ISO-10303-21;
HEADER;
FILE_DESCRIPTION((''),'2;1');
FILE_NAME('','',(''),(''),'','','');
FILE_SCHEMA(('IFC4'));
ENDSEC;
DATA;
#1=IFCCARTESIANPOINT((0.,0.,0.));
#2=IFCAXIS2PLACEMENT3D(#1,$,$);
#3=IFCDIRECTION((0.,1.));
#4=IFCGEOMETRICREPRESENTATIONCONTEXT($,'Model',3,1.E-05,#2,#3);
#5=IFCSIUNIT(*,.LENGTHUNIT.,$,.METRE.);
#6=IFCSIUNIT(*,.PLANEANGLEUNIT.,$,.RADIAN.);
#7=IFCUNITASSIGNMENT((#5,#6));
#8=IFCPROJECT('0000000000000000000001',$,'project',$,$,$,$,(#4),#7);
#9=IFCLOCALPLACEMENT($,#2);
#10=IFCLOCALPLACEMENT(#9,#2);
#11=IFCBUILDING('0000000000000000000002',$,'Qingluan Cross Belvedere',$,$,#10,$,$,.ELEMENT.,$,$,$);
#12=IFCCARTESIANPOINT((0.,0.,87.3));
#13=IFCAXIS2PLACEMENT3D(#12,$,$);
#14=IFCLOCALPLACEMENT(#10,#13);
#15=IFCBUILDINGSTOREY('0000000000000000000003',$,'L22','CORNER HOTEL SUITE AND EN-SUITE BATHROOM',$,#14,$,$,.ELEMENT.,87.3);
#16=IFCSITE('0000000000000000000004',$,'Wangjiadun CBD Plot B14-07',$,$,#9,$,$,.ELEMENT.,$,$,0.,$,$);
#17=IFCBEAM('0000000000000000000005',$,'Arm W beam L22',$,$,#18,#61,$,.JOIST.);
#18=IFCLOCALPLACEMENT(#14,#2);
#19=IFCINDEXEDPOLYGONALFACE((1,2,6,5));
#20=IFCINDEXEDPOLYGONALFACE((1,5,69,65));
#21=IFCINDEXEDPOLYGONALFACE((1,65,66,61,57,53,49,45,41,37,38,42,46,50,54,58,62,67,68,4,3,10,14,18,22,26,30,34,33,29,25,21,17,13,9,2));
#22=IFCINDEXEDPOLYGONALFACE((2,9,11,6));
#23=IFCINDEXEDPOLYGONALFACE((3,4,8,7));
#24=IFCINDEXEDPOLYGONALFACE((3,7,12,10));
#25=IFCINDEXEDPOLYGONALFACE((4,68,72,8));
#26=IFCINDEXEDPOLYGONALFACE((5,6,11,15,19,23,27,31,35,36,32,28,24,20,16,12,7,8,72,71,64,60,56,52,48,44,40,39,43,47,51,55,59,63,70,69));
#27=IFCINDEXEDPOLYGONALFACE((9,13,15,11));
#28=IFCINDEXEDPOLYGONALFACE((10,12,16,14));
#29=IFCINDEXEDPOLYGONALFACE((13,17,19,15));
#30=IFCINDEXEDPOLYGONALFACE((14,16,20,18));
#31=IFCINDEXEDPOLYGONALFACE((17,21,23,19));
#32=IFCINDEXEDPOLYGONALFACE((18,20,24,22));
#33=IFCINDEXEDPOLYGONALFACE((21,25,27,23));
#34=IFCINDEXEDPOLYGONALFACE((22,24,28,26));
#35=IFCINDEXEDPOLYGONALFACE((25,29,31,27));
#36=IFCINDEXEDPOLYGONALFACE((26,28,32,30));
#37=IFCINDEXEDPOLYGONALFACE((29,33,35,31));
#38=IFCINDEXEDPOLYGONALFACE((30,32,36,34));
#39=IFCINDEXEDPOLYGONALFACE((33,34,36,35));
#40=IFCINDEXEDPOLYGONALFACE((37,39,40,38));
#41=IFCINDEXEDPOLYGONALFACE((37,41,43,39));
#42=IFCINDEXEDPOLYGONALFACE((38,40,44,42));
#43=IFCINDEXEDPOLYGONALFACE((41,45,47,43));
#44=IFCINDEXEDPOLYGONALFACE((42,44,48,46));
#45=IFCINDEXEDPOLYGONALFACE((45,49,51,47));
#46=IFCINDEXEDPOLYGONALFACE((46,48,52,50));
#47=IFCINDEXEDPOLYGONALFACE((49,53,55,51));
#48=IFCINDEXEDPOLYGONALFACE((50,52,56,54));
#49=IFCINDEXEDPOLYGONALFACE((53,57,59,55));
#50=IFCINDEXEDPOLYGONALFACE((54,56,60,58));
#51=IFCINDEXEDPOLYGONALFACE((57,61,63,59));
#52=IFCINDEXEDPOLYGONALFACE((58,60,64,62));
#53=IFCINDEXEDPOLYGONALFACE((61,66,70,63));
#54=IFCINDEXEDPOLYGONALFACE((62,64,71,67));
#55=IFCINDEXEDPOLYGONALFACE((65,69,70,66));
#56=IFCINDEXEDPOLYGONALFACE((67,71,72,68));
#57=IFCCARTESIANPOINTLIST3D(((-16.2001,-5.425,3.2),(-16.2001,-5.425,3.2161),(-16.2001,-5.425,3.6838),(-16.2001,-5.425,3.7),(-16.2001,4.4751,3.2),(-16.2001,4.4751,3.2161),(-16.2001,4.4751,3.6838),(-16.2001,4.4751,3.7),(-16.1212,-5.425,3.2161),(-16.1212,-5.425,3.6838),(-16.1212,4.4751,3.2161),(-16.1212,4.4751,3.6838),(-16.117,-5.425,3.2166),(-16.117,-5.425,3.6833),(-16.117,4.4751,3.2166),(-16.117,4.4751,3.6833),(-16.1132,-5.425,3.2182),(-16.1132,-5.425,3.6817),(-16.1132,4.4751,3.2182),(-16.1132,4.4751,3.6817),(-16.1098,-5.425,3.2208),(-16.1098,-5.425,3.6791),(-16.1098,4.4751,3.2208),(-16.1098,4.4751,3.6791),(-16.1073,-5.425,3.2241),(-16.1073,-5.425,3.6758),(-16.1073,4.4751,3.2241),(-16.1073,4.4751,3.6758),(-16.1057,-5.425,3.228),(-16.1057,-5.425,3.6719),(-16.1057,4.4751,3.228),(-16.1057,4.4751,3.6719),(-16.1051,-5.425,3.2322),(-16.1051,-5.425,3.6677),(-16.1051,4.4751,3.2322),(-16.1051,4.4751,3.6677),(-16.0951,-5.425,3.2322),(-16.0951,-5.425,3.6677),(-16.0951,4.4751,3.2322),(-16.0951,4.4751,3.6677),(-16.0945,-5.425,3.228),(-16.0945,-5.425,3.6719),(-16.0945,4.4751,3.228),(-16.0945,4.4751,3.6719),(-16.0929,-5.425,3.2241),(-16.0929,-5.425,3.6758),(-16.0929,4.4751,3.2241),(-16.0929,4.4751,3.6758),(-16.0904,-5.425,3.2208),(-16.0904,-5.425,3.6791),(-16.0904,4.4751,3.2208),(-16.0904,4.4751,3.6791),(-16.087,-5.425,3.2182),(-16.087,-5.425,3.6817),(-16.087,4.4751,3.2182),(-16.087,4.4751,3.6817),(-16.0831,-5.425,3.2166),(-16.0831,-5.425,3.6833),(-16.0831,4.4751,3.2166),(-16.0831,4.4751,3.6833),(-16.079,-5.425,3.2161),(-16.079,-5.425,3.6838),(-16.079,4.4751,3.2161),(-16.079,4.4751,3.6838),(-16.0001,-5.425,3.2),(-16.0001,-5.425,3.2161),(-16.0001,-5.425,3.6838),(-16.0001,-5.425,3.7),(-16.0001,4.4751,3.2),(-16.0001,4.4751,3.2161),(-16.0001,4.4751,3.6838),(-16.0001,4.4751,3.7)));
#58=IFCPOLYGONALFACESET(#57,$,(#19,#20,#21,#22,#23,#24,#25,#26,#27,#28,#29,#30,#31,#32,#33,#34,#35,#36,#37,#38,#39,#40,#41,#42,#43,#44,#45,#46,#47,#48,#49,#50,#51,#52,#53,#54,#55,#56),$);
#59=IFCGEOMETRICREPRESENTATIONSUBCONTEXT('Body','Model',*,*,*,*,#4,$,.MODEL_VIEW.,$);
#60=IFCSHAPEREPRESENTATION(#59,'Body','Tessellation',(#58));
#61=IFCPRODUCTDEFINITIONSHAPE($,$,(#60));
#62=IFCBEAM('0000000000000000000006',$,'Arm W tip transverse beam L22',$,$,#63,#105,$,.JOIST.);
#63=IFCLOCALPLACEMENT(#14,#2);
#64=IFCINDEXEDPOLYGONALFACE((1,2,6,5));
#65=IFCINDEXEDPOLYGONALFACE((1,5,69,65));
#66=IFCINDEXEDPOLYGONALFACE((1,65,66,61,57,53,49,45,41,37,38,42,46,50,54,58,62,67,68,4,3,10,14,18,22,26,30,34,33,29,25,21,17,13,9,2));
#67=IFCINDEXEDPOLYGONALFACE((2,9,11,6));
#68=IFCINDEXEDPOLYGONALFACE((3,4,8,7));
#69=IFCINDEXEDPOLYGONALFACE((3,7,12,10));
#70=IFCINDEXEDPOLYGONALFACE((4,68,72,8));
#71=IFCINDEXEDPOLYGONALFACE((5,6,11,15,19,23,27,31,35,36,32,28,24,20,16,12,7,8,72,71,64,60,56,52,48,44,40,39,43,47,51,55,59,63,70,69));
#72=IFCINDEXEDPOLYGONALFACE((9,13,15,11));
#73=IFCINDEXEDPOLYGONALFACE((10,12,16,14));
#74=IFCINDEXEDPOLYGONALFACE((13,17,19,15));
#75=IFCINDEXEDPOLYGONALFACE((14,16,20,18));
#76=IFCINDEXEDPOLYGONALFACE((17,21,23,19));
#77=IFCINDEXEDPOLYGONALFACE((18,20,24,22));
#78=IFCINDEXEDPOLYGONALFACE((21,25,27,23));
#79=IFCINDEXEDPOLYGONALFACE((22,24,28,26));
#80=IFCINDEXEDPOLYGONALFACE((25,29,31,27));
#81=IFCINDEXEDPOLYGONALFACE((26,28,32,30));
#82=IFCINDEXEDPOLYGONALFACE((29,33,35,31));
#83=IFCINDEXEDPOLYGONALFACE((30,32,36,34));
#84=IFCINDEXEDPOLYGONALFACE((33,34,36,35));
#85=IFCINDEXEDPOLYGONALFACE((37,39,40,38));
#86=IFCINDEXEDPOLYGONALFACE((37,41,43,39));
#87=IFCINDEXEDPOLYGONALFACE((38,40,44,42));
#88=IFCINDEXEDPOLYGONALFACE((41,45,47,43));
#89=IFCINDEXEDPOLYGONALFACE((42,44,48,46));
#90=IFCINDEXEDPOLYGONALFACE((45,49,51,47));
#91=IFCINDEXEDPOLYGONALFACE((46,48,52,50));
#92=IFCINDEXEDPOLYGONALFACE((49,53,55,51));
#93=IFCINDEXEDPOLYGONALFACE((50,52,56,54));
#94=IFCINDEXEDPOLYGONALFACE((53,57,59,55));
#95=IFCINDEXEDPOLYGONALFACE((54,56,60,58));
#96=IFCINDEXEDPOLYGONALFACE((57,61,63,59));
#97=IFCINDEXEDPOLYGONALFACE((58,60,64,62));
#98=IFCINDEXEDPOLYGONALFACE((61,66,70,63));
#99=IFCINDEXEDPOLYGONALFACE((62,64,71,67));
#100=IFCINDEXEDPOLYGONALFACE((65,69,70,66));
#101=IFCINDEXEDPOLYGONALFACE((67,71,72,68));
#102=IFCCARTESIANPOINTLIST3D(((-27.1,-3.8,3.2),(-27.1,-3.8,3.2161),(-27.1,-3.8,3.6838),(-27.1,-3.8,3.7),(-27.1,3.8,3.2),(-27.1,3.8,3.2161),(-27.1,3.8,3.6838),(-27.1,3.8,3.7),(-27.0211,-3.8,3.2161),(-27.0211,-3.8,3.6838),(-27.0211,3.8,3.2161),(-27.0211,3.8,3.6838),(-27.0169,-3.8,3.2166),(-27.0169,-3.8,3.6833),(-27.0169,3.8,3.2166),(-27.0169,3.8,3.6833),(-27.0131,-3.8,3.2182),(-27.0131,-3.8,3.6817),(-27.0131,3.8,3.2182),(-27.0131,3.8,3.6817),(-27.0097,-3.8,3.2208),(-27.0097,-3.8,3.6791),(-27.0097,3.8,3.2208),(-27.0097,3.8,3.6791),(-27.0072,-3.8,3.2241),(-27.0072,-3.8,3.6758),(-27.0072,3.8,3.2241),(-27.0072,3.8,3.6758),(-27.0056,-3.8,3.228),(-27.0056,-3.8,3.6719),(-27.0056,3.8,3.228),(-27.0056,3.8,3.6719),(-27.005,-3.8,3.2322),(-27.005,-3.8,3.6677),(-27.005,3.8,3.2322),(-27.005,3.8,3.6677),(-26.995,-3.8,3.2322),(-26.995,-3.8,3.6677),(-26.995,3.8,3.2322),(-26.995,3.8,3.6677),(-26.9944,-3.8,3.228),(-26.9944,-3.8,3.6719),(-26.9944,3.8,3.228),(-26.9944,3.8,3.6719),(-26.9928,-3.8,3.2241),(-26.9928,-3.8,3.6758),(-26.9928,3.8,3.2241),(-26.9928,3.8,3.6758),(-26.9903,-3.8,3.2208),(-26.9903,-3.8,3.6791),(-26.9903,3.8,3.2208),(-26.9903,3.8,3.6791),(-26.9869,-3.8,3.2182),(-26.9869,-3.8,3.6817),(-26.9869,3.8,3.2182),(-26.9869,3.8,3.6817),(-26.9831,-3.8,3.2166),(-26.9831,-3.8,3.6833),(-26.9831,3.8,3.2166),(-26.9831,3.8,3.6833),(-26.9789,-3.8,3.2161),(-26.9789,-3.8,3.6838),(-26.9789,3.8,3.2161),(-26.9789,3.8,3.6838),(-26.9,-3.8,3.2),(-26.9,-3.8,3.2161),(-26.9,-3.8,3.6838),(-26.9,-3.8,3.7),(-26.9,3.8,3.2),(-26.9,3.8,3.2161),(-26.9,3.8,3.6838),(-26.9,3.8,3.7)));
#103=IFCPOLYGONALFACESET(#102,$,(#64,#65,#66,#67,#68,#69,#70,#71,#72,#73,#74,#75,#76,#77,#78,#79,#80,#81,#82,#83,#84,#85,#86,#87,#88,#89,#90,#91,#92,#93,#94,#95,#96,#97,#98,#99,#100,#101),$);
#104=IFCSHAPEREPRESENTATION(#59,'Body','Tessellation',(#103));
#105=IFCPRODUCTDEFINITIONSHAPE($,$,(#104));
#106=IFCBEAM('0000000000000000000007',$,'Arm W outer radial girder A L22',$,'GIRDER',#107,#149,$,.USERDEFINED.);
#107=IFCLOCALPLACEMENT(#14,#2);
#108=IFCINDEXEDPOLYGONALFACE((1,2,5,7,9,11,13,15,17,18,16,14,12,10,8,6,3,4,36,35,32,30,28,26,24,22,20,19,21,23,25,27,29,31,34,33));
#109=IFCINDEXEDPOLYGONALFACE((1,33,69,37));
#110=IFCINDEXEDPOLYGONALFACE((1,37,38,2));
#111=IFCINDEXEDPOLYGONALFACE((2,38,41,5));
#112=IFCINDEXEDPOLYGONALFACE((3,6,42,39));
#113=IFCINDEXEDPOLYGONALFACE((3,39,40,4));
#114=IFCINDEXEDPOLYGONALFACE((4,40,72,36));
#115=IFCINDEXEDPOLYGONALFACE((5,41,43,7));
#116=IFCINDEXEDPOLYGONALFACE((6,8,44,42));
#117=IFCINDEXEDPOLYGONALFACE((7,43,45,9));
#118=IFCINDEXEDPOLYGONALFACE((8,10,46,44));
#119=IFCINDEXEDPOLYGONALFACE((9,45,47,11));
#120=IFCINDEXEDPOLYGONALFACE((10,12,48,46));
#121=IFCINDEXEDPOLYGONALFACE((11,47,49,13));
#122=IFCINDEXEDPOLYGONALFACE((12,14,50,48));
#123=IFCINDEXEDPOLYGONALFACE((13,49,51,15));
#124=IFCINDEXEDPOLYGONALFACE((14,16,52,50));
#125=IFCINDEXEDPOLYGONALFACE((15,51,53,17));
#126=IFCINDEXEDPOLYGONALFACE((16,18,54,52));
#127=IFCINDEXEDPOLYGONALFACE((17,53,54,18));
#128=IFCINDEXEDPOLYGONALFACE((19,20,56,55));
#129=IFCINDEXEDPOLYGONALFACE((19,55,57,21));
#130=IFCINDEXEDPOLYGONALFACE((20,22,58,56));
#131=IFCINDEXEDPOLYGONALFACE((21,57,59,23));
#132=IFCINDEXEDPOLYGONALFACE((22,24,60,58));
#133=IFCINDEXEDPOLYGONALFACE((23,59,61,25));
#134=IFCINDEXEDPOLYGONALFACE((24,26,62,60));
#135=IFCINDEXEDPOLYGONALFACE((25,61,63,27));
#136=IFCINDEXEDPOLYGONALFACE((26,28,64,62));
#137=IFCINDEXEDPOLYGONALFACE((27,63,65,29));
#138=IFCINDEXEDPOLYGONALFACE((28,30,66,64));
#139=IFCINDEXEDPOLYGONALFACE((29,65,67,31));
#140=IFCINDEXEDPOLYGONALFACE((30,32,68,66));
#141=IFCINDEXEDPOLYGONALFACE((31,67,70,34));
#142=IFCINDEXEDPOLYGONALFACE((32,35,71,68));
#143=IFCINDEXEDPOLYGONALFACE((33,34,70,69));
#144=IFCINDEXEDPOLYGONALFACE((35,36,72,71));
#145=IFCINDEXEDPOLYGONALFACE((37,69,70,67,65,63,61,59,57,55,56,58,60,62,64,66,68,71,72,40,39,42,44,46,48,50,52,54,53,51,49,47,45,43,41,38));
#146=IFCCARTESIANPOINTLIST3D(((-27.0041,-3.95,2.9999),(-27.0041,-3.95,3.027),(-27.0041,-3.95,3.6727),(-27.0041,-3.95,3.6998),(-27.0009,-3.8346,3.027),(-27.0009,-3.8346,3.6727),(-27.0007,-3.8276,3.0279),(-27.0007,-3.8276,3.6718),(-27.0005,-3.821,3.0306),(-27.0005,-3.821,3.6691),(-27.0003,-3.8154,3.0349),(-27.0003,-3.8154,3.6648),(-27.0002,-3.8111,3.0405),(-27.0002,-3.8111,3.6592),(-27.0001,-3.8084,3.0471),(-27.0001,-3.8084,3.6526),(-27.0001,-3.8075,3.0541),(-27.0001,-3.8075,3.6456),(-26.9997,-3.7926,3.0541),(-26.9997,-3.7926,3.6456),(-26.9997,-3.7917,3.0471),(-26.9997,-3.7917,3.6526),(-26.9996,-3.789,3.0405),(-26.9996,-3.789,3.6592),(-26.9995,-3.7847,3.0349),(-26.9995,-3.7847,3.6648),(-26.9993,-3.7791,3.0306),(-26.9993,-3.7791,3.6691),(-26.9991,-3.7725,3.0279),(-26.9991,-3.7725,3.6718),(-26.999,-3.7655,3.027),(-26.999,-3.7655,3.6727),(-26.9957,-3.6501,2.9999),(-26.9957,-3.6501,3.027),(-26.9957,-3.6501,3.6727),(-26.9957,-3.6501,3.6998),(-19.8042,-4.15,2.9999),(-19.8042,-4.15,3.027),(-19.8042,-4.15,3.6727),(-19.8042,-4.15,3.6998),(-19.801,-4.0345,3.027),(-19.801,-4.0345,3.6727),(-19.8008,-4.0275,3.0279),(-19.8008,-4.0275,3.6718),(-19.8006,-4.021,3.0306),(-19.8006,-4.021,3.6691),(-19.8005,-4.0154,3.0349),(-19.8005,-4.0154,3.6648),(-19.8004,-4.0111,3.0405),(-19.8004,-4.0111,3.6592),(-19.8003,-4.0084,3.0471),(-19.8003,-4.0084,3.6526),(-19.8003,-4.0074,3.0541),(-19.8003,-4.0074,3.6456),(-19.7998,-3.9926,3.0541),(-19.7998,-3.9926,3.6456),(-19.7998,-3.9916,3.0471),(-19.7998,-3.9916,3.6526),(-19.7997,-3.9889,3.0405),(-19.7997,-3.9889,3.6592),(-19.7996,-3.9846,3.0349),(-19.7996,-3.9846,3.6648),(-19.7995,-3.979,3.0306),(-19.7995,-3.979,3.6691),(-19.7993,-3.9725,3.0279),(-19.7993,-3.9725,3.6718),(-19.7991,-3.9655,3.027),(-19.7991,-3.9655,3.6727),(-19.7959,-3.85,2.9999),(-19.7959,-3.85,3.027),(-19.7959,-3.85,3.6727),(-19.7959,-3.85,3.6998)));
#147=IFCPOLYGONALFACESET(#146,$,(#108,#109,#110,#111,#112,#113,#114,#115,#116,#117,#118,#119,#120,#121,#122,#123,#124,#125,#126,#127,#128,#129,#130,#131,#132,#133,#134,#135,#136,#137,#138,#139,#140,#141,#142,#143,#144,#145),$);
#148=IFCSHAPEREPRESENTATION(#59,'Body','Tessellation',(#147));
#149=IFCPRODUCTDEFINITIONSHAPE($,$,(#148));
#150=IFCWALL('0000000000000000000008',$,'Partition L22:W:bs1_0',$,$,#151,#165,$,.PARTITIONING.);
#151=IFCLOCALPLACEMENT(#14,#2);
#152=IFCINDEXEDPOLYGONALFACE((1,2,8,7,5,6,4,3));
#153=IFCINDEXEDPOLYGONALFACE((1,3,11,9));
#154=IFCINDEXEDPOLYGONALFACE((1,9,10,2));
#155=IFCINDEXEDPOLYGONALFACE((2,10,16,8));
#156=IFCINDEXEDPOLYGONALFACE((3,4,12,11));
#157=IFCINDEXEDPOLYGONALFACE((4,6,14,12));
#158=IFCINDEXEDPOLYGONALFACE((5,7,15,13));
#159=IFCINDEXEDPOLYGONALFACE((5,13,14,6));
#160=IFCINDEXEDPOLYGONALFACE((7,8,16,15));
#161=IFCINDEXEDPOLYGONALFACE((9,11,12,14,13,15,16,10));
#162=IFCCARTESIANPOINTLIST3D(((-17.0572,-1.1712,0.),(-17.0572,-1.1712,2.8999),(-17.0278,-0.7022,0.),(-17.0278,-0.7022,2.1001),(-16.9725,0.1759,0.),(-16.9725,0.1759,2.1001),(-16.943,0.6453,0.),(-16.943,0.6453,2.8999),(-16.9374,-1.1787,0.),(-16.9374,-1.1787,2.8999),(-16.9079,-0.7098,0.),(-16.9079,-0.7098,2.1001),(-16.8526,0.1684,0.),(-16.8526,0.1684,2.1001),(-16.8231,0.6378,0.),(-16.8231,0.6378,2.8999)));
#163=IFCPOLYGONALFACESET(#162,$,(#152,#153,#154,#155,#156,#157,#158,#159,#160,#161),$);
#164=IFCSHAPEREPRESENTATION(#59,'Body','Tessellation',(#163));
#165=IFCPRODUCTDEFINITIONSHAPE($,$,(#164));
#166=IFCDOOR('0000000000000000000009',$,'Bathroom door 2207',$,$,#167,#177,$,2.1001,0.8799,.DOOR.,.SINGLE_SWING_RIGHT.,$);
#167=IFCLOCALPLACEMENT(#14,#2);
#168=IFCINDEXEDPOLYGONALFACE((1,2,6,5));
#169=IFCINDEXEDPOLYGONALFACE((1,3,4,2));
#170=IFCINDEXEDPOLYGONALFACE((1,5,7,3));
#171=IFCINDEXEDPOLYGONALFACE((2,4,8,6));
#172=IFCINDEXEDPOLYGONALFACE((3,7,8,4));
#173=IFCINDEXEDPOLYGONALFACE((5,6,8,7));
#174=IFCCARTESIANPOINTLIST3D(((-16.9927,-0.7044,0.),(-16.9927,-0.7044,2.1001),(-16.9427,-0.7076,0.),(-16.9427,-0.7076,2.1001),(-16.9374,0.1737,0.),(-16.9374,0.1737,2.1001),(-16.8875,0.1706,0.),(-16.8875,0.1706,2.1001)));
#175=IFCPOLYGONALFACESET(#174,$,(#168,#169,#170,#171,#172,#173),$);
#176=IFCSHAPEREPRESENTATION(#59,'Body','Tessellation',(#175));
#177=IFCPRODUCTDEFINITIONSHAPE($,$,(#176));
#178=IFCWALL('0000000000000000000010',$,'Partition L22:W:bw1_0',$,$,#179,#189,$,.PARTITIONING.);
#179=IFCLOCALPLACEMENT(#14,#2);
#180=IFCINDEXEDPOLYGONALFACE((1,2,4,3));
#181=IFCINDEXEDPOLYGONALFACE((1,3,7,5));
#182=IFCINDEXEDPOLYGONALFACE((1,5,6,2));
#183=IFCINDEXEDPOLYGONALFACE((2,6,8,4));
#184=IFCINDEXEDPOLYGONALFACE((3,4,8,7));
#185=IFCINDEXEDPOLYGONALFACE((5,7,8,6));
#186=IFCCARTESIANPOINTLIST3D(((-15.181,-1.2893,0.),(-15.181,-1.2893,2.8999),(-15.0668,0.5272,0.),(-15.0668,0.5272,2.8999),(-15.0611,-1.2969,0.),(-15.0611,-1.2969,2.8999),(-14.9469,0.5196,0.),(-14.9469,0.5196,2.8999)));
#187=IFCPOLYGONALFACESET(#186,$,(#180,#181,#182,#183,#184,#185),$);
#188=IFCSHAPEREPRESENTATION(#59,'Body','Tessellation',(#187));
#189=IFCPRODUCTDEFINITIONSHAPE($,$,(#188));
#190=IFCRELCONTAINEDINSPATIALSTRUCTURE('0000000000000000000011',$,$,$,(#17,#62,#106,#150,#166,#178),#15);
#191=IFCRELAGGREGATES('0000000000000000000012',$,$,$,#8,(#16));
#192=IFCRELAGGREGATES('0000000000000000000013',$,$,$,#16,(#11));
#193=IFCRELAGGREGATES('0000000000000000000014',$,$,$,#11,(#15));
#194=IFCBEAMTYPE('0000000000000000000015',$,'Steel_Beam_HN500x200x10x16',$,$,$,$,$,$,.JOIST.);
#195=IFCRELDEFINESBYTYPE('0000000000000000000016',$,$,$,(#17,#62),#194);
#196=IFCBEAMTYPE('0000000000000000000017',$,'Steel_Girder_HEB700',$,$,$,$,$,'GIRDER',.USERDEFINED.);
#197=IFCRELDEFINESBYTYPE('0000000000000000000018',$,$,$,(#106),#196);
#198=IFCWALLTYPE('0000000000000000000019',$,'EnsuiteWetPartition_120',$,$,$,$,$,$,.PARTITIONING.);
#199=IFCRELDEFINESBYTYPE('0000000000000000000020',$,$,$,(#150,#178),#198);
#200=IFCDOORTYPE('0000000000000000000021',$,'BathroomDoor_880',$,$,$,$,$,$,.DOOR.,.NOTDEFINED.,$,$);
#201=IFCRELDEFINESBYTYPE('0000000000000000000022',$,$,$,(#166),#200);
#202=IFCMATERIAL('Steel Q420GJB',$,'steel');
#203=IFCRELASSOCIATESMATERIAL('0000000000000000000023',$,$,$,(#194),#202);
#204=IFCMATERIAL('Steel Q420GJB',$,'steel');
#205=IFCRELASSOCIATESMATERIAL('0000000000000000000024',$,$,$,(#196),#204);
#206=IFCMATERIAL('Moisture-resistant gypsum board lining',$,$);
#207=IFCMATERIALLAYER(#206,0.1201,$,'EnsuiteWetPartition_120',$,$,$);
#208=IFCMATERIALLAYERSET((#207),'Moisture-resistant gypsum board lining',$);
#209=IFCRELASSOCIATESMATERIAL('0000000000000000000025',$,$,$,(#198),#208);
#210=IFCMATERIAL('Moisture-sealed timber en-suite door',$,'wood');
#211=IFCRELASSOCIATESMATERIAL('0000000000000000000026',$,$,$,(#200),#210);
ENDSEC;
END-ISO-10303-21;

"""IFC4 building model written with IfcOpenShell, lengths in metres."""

from ifc_helpers import new_model, si_unit, direction, frame, frame_2d, origin, origin_2d, place, context, subcontext, project, spatial, rectangle, i_section, extrude, material, layer, layer_set, material_profile, profile_set, type_object, element, fill, save


model = new_model("IFC4")

# Units and contexts
model_context = context("Model", 3, precision=1e-05, world=origin(), true_north=direction((0.0, 1.0)))
body_context = subcontext(model_context, "Body", "Model", "MODEL_VIEW")
ifc_project = project(units=[si_unit("LENGTHUNIT", "METRE"), si_unit("PLANEANGLEUNIT", "RADIAN")], contexts=[model_context])

# Site, building, storey
site_placement = place(None, origin())
site = spatial("IfcSite", under=ifc_project, at=site_placement, Name="Wangjiadun CBD Plot B14-07", CompositionType="ELEMENT", RefElevation=0.0)
building_placement = place(site_placement, origin())
building = spatial("IfcBuilding", under=site, at=building_placement, Name="Qingluan Cross Belvedere", CompositionType="ELEMENT")
storey_placement = place(building_placement, frame((0.0, 0.0, 87.3)))
storey = spatial("IfcBuildingStorey", under=building, at=storey_placement, Name="L22", Description="CORNER HOTEL SUITE AND EN-SUITE BATHROOM", CompositionType="ELEMENT", Elevation=87.3)

# Beams
ifc_material_1 = material(Name="Steel Q420GJB", Category="steel")
ifc_material_profile_1 = material_profile(ifc_material_1, i_section(OverallWidth=0.2, OverallDepth=0.5, WebThickness=0.01, FlangeThickness=0.0161, FilletRadius=0.0161, at=origin_2d()), Name="HN500x200x10x16")
ifc_profile_set_1 = profile_set([ifc_material_profile_1], Name="Steel Q420GJB")
beam_type_1 = type_object("IfcBeamType", Name="Steel_Beam_HN500x200x10x16", PredefinedType="JOIST", material=ifc_profile_set_1)
beam_1_placement = place(storey_placement, frame((-16.1001, -5.425, 3.45), z_axis=(0.0, 1.0, 0.0), x_axis=(-1.0, 0.0, 0.0)))
element("IfcBeam", 1, at=beam_1_placement, inside=storey, type_object=beam_type_1, Name="Arm W beam L22", PredefinedType="JOIST", context=body_context, shape_type="SweptSolid", body=[
    extrude(i_section(OverallWidth=0.2, OverallDepth=0.5, WebThickness=0.01, FlangeThickness=0.0161, FilletRadius=0.0161, at=origin_2d()), origin(), (0.0, 0.0, 1.0), 9.9001),
])
beam_2_placement = place(storey_placement, frame((-27.0, -3.8, 3.45), z_axis=(0.0, 1.0, 0.0), x_axis=(-1.0, 0.0, 0.0)))
element("IfcBeam", 2, at=beam_2_placement, inside=storey, type_object=beam_type_1, Name="Arm W tip transverse beam L22", PredefinedType="JOIST", context=body_context, shape_type="SweptSolid", body=[
    extrude(i_section(OverallWidth=0.2, OverallDepth=0.5, WebThickness=0.01, FlangeThickness=0.0161, FilletRadius=0.0161, at=origin_2d()), origin(), (0.0, 0.0, 1.0), 7.6001),
])
ifc_material_2 = material(Name="Steel Q420GJB", Category="steel")
ifc_material_profile_2 = material_profile(ifc_material_2, i_section(OverallWidth=0.3, OverallDepth=0.7, WebThickness=0.0149, FlangeThickness=0.0271, FilletRadius=0.0271, at=origin_2d()), Name="HEB700")
ifc_profile_set_2 = profile_set([ifc_material_profile_2], Name="Steel Q420GJB")
beam_type_2 = type_object("IfcBeamType", Name="Steel_Girder_HEB700", ElementType="GIRDER", PredefinedType="USERDEFINED", material=ifc_profile_set_2)
beam_3_placement = place(storey_placement, frame((-19.8, -4.0, 3.3499), z_axis=(-0.999615, 0.02776, 0.0), x_axis=(-0.02776, -0.999615, 0.0)))
element("IfcBeam", 3, at=beam_3_placement, inside=storey, type_object=beam_type_2, Name="Arm W outer radial girder A L22", ObjectType="GIRDER", PredefinedType="USERDEFINED", context=body_context, shape_type="SweptSolid", body=[
    extrude(i_section(OverallWidth=0.3, OverallDepth=0.7, WebThickness=0.0149, FlangeThickness=0.0271, FilletRadius=0.0271, at=origin_2d()), origin(), (0.0, 0.0, 1.0), 7.2026),
])

# Wall, opening, door
ifc_material_3 = material(Name="Moisture-resistant gypsum board lining")
ifc_layer_1 = layer(ifc_material_3, 0.1201, Name="EnsuiteWetPartition_120")
ifc_layer_set_1 = layer_set([ifc_layer_1], Name="Moisture-resistant gypsum board lining")
wall_type_1 = type_object("IfcWallType", Name="EnsuiteWetPartition_120", PredefinedType="PARTITIONING", material=ifc_layer_set_1)
wall_1_placement = place(storey_placement, frame((-16.9973, -1.175, 0.0), z_axis=(0.0, 0.0, 1.0), x_axis=(0.062779, 0.998027, 0.0)))
wall_1 = element("IfcWall", 4, at=wall_1_placement, inside=storey, type_object=wall_type_1, Name="Partition L22:W:bs1_0", PredefinedType="PARTITIONING", context=body_context, shape_type="SweptSolid", body=[
    extrude(rectangle(XDim=1.8201, YDim=0.1201, at=frame_2d((0.9102, 0.0))), origin(), (0.0, 0.0, 1.0), 2.8999),
])
opening_1_placement = place(wall_1_placement, frame((0.47, 0.0, 0.0)))
opening_1 = element("IfcOpeningElement", 5, at=opening_1_placement, cuts=wall_1, PredefinedType="OPENING", context=body_context, shape_type="SweptSolid", body=[
    extrude(rectangle(XDim=0.8799, YDim=2.1001, at=frame_2d((0.4399, 1.05))), frame((0.0, 0.0701, 0.0), z_axis=(0.0, -1.0, 0.0), x_axis=(1.0, 0.0, 0.0)), (0.0, 0.0, 1.0), 0.1401),
])
ifc_material_4 = material(Name="Moisture-sealed timber en-suite door", Category="wood")
door_type = type_object("IfcDoorType", Name="BathroomDoor_880", OperationType="NOTDEFINED", PredefinedType="DOOR", material=ifc_material_4)
door_1_placement = place(opening_1_placement, origin())
door_1 = element("IfcDoor", 6, at=door_1_placement, inside=storey, type_object=door_type, Name="Bathroom door 2207", OperationType="SINGLE_SWING_RIGHT", OverallHeight=2.1001, OverallWidth=0.8799, PredefinedType="DOOR", context=body_context, shape_type="SweptSolid", body=[
    extrude(rectangle(XDim=0.8799, YDim=2.1001, at=frame_2d((0.4399, 1.05))), frame((0.0, 0.0249, 0.0), z_axis=(0.0, -1.0, 0.0), x_axis=(1.0, 0.0, 0.0)), (0.0, 0.0, 1.0), 0.05),
])
fill(opening_1, door_1)

# Wall
wall_2_placement = place(storey_placement, frame((-15.1211, -1.2932, 0.0), z_axis=(0.0, 0.0, 1.0), x_axis=(0.062779, 0.998027, 0.0)))
element("IfcWall", 7, at=wall_2_placement, inside=storey, type_object=wall_type_1, Name="Partition L22:W:bw1_0", PredefinedType="PARTITIONING", context=body_context, shape_type="SweptSolid", body=[
    extrude(rectangle(XDim=1.8201, YDim=0.1201, at=frame_2d((0.9102, 0.0))), origin(), (0.0, 0.0, 1.0), 2.8999),
])

save(model, "model.ifc")
